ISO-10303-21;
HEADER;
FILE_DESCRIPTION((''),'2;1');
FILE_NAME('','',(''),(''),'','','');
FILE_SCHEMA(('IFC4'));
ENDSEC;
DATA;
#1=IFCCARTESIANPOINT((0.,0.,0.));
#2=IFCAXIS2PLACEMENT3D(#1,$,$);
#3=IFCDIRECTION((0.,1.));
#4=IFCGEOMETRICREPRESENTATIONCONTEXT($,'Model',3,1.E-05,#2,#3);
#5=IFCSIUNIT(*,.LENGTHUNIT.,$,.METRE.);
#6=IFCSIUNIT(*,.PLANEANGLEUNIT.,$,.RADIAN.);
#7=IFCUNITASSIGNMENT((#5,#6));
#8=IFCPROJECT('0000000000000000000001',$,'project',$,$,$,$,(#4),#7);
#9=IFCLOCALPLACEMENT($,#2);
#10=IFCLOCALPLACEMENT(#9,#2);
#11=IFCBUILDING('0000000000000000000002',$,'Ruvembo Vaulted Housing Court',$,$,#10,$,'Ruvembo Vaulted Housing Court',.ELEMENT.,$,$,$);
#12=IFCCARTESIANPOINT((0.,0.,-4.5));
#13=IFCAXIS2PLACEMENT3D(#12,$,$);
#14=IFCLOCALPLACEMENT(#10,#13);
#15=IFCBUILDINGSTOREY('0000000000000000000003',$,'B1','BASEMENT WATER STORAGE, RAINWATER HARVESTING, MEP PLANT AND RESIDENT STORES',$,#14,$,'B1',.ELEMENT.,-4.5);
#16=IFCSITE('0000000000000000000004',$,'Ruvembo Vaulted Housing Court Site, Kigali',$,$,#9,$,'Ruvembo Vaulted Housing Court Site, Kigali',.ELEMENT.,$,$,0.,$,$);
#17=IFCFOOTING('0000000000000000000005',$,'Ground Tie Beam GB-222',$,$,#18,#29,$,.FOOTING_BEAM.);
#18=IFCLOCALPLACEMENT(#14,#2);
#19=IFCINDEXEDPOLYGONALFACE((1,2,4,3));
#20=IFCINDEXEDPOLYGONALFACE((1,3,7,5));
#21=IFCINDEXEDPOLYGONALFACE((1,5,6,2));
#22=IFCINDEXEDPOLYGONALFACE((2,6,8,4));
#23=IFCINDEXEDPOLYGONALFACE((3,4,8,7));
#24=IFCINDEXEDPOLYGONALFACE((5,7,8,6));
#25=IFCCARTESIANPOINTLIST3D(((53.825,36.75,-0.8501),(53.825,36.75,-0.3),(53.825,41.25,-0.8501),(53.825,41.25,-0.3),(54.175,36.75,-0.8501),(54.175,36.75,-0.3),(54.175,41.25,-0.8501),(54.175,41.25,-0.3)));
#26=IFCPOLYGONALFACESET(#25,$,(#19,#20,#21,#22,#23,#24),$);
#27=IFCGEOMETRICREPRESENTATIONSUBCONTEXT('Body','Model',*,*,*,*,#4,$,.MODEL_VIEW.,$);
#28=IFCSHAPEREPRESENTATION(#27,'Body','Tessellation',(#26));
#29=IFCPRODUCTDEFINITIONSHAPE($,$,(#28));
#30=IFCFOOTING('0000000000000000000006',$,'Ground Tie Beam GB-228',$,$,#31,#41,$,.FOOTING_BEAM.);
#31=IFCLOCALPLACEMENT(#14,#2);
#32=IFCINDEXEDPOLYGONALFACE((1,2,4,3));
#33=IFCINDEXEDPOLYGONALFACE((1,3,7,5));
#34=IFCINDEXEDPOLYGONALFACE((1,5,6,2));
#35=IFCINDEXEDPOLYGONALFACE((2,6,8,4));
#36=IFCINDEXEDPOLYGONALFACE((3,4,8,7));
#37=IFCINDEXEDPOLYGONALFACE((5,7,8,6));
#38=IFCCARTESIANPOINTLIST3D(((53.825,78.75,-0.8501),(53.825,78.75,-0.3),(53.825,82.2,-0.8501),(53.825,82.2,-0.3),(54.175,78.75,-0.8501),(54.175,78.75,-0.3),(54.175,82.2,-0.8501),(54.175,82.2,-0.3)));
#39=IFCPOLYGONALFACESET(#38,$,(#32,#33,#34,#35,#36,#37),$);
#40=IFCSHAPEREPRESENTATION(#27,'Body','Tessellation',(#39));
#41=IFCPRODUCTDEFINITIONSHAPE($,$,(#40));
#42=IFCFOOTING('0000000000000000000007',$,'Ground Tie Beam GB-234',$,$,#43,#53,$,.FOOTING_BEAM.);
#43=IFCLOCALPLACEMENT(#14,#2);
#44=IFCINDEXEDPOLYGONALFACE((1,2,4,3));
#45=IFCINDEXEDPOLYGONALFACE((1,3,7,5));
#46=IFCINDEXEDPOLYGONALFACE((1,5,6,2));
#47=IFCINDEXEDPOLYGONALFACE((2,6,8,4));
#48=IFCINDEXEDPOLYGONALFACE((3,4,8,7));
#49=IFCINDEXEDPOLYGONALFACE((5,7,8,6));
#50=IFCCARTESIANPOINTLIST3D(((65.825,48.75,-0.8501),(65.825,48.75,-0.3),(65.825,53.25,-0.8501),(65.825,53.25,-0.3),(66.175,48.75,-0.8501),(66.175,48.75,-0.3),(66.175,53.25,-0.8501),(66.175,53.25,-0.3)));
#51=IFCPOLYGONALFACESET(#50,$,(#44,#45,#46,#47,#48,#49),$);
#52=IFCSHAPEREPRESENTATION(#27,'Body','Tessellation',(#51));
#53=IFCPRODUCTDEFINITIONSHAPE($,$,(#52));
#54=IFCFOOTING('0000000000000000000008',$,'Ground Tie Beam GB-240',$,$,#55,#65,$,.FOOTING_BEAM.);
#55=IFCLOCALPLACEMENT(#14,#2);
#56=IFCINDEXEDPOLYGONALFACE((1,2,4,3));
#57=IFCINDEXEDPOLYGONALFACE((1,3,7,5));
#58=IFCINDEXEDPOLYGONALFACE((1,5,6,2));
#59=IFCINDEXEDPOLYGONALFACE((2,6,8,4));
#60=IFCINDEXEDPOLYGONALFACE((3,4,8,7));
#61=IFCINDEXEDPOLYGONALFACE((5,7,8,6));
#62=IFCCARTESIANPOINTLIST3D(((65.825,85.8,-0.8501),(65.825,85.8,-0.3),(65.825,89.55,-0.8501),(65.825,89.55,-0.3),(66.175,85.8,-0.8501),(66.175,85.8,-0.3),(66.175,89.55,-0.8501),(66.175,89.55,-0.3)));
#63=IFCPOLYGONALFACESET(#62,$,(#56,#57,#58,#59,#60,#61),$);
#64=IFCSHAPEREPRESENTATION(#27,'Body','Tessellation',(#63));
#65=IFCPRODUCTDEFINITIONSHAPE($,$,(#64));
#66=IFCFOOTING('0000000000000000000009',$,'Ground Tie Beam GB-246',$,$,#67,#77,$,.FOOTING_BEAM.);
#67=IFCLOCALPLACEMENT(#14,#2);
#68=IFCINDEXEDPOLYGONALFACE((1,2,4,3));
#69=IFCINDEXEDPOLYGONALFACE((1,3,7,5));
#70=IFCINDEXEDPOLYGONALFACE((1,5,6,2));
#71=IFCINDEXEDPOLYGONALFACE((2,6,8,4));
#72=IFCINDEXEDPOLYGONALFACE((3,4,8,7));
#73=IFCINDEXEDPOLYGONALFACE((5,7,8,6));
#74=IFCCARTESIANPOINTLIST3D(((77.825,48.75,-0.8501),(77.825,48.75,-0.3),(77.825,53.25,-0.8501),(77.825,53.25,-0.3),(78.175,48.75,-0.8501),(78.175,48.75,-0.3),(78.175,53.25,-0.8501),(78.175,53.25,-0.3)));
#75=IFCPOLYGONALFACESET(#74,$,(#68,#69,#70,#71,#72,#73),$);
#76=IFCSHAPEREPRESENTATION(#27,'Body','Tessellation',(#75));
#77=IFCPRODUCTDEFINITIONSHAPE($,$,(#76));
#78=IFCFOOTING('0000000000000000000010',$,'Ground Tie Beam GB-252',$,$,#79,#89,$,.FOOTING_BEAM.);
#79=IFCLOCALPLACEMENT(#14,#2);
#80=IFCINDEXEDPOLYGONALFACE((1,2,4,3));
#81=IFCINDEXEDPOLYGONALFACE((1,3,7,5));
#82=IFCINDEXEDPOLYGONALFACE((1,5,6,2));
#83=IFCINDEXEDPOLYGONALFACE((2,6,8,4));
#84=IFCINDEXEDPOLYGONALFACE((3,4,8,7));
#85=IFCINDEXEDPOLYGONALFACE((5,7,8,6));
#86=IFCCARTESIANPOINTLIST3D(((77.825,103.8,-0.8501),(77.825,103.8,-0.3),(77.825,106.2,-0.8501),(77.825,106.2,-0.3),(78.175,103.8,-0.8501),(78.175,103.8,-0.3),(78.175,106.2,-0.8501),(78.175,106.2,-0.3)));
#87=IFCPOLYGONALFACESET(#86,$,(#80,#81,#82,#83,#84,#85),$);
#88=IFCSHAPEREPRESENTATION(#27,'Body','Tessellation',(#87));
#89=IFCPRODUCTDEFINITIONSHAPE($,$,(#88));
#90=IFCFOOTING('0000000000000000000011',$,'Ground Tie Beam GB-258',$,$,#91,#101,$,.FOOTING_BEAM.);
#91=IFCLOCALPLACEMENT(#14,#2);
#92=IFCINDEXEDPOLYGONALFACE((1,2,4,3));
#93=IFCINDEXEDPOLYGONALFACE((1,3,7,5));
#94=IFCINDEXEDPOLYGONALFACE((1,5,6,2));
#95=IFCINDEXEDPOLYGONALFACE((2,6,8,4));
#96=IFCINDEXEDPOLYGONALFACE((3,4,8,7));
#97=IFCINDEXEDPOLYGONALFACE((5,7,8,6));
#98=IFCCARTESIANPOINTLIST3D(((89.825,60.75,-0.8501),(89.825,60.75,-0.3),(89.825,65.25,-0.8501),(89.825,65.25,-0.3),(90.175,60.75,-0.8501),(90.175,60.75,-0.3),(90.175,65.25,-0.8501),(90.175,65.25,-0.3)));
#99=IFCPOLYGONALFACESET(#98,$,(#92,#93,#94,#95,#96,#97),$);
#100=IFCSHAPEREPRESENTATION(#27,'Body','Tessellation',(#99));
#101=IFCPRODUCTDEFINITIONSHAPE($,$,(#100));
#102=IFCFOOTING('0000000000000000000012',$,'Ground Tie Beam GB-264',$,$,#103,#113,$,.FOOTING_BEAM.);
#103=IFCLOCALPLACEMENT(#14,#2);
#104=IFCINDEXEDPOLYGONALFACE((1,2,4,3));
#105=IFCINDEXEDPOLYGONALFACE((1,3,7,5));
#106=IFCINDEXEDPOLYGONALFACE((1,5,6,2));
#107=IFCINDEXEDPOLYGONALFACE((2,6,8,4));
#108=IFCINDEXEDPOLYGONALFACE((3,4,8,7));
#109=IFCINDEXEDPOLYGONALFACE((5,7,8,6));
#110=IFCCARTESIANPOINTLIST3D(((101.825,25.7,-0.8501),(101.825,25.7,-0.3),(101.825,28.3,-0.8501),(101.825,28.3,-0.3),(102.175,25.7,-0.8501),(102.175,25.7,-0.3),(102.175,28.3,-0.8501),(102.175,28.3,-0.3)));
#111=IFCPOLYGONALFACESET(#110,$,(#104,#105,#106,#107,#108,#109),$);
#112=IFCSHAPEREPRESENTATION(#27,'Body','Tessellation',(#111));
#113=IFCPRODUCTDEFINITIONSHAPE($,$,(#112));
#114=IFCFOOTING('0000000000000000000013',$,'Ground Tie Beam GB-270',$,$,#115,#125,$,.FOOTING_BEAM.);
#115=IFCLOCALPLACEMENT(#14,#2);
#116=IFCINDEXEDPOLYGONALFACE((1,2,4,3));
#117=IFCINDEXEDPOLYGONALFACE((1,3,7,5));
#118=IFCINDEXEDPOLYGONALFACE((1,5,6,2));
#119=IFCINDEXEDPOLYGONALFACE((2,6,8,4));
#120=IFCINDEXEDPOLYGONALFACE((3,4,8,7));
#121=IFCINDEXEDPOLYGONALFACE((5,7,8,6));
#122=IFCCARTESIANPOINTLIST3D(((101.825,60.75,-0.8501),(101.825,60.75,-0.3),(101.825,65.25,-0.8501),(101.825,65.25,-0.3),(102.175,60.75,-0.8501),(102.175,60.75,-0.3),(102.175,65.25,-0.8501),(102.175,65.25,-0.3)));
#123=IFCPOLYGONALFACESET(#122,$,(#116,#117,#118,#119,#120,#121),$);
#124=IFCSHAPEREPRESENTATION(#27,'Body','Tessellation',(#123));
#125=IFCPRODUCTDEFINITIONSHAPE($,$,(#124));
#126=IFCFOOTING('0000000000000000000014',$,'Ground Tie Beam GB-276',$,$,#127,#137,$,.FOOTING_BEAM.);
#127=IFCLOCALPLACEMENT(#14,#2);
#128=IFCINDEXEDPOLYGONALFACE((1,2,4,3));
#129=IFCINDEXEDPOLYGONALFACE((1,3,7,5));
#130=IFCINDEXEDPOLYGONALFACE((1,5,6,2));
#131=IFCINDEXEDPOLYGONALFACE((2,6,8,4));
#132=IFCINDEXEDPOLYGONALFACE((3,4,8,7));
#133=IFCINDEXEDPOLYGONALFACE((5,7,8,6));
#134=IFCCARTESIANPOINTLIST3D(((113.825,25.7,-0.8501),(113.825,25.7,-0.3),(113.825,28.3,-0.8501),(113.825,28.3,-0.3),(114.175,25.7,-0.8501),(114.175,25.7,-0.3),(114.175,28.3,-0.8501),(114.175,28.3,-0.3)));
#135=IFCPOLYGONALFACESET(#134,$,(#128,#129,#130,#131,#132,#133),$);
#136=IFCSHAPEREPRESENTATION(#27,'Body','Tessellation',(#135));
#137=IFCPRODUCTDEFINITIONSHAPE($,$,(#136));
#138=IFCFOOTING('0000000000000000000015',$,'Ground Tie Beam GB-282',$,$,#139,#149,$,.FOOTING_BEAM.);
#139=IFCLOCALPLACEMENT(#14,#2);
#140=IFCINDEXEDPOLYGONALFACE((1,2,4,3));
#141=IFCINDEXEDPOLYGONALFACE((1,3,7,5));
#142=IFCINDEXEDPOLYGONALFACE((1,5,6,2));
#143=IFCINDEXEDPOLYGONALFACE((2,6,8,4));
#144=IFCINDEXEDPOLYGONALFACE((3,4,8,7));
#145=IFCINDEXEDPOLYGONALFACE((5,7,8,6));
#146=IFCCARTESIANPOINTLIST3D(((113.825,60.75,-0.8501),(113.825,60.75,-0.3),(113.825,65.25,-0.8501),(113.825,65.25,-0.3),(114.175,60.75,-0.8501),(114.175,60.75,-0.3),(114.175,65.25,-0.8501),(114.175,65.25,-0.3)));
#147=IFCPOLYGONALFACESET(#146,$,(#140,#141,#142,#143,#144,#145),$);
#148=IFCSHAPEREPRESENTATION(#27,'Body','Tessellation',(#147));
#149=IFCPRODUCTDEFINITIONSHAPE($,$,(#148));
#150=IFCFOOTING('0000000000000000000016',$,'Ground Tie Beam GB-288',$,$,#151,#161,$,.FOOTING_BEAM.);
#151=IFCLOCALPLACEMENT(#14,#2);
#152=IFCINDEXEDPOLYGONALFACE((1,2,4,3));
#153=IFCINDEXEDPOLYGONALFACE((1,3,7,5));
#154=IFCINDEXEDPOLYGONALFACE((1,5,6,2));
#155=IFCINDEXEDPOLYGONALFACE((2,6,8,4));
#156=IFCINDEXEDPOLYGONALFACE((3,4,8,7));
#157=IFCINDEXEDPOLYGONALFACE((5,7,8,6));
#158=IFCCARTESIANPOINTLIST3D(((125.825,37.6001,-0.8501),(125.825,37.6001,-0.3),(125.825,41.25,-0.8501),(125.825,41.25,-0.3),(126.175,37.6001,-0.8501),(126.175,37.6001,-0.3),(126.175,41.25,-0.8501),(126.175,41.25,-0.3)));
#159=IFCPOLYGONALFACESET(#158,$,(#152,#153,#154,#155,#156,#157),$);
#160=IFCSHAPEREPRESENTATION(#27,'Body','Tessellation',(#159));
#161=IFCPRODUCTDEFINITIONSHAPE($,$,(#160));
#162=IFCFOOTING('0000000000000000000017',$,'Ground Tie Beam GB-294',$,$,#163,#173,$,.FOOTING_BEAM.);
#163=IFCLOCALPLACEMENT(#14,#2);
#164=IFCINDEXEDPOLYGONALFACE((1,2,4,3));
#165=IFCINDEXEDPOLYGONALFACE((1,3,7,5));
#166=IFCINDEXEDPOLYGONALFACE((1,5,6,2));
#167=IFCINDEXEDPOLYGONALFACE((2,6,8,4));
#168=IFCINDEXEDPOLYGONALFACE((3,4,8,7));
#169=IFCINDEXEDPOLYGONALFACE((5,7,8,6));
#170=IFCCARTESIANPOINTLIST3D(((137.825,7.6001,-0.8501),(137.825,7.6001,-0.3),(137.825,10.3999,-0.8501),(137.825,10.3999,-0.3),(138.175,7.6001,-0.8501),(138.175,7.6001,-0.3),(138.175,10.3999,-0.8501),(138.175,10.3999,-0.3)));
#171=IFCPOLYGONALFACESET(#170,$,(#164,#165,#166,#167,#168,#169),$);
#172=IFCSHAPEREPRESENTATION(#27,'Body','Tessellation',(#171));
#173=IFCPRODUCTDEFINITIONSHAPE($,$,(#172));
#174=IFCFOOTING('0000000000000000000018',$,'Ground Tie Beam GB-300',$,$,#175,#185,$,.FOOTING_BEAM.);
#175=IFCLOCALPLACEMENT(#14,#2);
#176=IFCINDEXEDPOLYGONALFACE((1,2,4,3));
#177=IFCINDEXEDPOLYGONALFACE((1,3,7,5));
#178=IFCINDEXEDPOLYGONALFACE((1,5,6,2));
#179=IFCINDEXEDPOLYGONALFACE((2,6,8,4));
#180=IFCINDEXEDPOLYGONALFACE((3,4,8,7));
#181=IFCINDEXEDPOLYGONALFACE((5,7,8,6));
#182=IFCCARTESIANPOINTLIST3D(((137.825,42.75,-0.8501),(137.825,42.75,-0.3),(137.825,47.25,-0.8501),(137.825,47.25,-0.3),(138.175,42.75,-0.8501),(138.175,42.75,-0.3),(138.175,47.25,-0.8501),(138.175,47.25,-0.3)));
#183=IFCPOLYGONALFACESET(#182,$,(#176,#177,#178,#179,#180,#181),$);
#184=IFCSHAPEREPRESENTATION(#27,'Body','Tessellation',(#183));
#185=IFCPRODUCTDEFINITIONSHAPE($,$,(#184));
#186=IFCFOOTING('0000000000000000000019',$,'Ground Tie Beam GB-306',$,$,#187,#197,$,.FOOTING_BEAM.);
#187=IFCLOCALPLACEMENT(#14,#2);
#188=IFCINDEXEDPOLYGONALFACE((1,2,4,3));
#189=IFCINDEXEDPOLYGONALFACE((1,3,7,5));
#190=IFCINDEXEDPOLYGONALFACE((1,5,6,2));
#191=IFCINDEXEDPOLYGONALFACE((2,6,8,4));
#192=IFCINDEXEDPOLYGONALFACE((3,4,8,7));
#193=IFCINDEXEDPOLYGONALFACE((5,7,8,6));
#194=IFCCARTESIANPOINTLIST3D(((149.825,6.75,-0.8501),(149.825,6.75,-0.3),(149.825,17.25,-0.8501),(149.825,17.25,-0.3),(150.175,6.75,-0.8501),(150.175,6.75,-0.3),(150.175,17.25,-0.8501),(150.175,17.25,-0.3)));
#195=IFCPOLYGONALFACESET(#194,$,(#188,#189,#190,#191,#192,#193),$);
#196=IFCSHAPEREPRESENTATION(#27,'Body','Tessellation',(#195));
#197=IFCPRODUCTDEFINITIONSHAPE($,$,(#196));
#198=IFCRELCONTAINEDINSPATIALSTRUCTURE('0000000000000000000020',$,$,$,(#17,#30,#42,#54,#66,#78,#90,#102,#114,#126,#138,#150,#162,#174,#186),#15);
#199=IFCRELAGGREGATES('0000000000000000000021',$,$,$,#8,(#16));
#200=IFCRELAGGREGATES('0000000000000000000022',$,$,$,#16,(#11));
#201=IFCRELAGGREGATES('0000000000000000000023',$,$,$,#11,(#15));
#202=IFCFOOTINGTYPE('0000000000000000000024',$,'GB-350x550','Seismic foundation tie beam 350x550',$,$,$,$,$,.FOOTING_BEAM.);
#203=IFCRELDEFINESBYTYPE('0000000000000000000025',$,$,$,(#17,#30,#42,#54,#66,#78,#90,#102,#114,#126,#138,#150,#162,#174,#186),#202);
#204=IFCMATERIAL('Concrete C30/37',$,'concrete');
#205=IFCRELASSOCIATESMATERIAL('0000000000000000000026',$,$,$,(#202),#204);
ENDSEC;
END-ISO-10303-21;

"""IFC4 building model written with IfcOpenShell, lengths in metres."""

from ifc_helpers import new_model, si_unit, direction, frame, origin, place, context, subcontext, project, spatial, polyline, outline, extrude, material, type_object, element, save


model = new_model("IFC4")

# Units and contexts
model_context = context("Model", 3, precision=1e-05, world=origin(), true_north=direction((0.0, 1.0)))
body_context = subcontext(model_context, "Body", "Model", "MODEL_VIEW")
ifc_project = project(units=[si_unit("LENGTHUNIT", "METRE"), si_unit("PLANEANGLEUNIT", "RADIAN")], contexts=[model_context])

# Site, building, storey
site_placement = place(None, origin())
site = spatial("IfcSite", under=ifc_project, at=site_placement, Name="Ruvembo Vaulted Housing Court Site, Kigali", LongName="Ruvembo Vaulted Housing Court Site, Kigali", CompositionType="ELEMENT", RefElevation=0.0)
building_placement = place(site_placement, origin())
building = spatial("IfcBuilding", under=site, at=building_placement, Name="Ruvembo Vaulted Housing Court", LongName="Ruvembo Vaulted Housing Court", CompositionType="ELEMENT")
storey_placement = place(building_placement, frame((0.0, 0.0, -4.5)))
storey = spatial("IfcBuildingStorey", under=building, at=storey_placement, Name="B1", Description="BASEMENT WATER STORAGE, RAINWATER HARVESTING, MEP PLANT AND RESIDENT STORES", LongName="B1", CompositionType="ELEMENT", Elevation=-4.5)

# Footings
ifc_material = material(Name="Concrete C30/37", Category="concrete")
footing_type_1 = type_object("IfcFootingType", Name="GB-350x550", Description="Seismic foundation tie beam 350x550", PredefinedType="FOOTING_BEAM", material=ifc_material)
footing_1_placement = place(storey_placement, frame((0.0, 0.0, -0.8501)))
element("IfcFooting", 1, at=footing_1_placement, inside=storey, type_object=footing_type_1, Name="Ground Tie Beam GB-222", PredefinedType="FOOTING_BEAM", context=body_context, shape_type="SweptSolid", body=[
    extrude(outline(polyline([(53.825, 36.75), (54.175, 36.75), (54.175, 41.25), (53.825, 41.25), (53.825, 36.75)])), origin(), (0.0, 0.0, 1.0), 0.55),
])
footing_2_placement = place(storey_placement, frame((0.0, 0.0, -0.8501)))
element("IfcFooting", 2, at=footing_2_placement, inside=storey, type_object=footing_type_1, Name="Ground Tie Beam GB-228", PredefinedType="FOOTING_BEAM", context=body_context, shape_type="SweptSolid", body=[
    extrude(outline(polyline([(53.825, 78.75), (54.175, 78.75), (54.175, 82.2), (53.825, 82.2), (53.825, 78.75)])), origin(), (0.0, 0.0, 1.0), 0.55),
])
footing_3_placement = place(storey_placement, frame((0.0, 0.0, -0.8501)))
element("IfcFooting", 3, at=footing_3_placement, inside=storey, type_object=footing_type_1, Name="Ground Tie Beam GB-234", PredefinedType="FOOTING_BEAM", context=body_context, shape_type="SweptSolid", body=[
    extrude(outline(polyline([(65.825, 48.75), (66.175, 48.75), (66.175, 53.25), (65.825, 53.25), (65.825, 48.75)])), origin(), (0.0, 0.0, 1.0), 0.55),
])
footing_4_placement = place(storey_placement, frame((0.0, 0.0, -0.8501)))
element("IfcFooting", 4, at=footing_4_placement, inside=storey, type_object=footing_type_1, Name="Ground Tie Beam GB-240", PredefinedType="FOOTING_BEAM", context=body_context, shape_type="SweptSolid", body=[
    extrude(outline(polyline([(65.825, 85.8), (66.175, 85.8), (66.175, 89.55), (65.825, 89.55), (65.825, 85.8)])), origin(), (0.0, 0.0, 1.0), 0.55),
])
footing_5_placement = place(storey_placement, frame((0.0, 0.0, -0.8501)))
element("IfcFooting", 5, at=footing_5_placement, inside=storey, type_object=footing_type_1, Name="Ground Tie Beam GB-246", PredefinedType="FOOTING_BEAM", context=body_context, shape_type="SweptSolid", body=[
    extrude(outline(polyline([(77.825, 48.75), (78.175, 48.75), (78.175, 53.25), (77.825, 53.25), (77.825, 48.75)])), origin(), (0.0, 0.0, 1.0), 0.55),
])
footing_6_placement = place(storey_placement, frame((0.0, 0.0, -0.8501)))
element("IfcFooting", 6, at=footing_6_placement, inside=storey, type_object=footing_type_1, Name="Ground Tie Beam GB-252", PredefinedType="FOOTING_BEAM", context=body_context, shape_type="SweptSolid", body=[
    extrude(outline(polyline([(77.825, 103.8), (78.175, 103.8), (78.175, 106.2), (77.825, 106.2), (77.825, 103.8)])), origin(), (0.0, 0.0, 1.0), 0.55),
])
footing_7_placement = place(storey_placement, frame((0.0, 0.0, -0.8501)))
element("IfcFooting", 7, at=footing_7_placement, inside=storey, type_object=footing_type_1, Name="Ground Tie Beam GB-258", PredefinedType="FOOTING_BEAM", context=body_context, shape_type="SweptSolid", body=[
    extrude(outline(polyline([(89.825, 60.75), (90.175, 60.75), (90.175, 65.25), (89.825, 65.25), (89.825, 60.75)])), origin(), (0.0, 0.0, 1.0), 0.55),
])
footing_8_placement = place(storey_placement, frame((0.0, 0.0, -0.8501)))
element("IfcFooting", 8, at=footing_8_placement, inside=storey, type_object=footing_type_1, Name="Ground Tie Beam GB-264", PredefinedType="FOOTING_BEAM", context=body_context, shape_type="SweptSolid", body=[
    extrude(outline(polyline([(101.825, 25.7), (102.175, 25.7), (102.175, 28.3), (101.825, 28.3), (101.825, 25.7)])), origin(), (0.0, 0.0, 1.0), 0.55),
])
footing_9_placement = place(storey_placement, frame((0.0, 0.0, -0.8501)))
element("IfcFooting", 9, at=footing_9_placement, inside=storey, type_object=footing_type_1, Name="Ground Tie Beam GB-270", PredefinedType="FOOTING_BEAM", context=body_context, shape_type="SweptSolid", body=[
    extrude(outline(polyline([(101.825, 60.75), (102.175, 60.75), (102.175, 65.25), (101.825, 65.25), (101.825, 60.75)])), origin(), (0.0, 0.0, 1.0), 0.55),
])
footing_10_placement = place(storey_placement, frame((0.0, 0.0, -0.8501)))
element("IfcFooting", 10, at=footing_10_placement, inside=storey, type_object=footing_type_1, Name="Ground Tie Beam GB-276", PredefinedType="FOOTING_BEAM", context=body_context, shape_type="SweptSolid", body=[
    extrude(outline(polyline([(113.825, 25.7), (114.175, 25.7), (114.175, 28.3), (113.825, 28.3), (113.825, 25.7)])), origin(), (0.0, 0.0, 1.0), 0.55),
])
footing_11_placement = place(storey_placement, frame((0.0, 0.0, -0.8501)))
element("IfcFooting", 11, at=footing_11_placement, inside=storey, type_object=footing_type_1, Name="Ground Tie Beam GB-282", PredefinedType="FOOTING_BEAM", context=body_context, shape_type="SweptSolid", body=[
    extrude(outline(polyline([(113.825, 60.75), (114.175, 60.75), (114.175, 65.25), (113.825, 65.25), (113.825, 60.75)])), origin(), (0.0, 0.0, 1.0), 0.55),
])
footing_12_placement = place(storey_placement, frame((0.0, 0.0, -0.8501)))
element("IfcFooting", 12, at=footing_12_placement, inside=storey, type_object=footing_type_1, Name="Ground Tie Beam GB-288", PredefinedType="FOOTING_BEAM", context=body_context, shape_type="SweptSolid", body=[
    extrude(outline(polyline([(125.825, 37.6001), (126.175, 37.6001), (126.175, 41.25), (125.825, 41.25), (125.825, 37.6001)])), origin(), (0.0, 0.0, 1.0), 0.55),
])
footing_13_placement = place(storey_placement, frame((0.0, 0.0, -0.8501)))
element("IfcFooting", 13, at=footing_13_placement, inside=storey, type_object=footing_type_1, Name="Ground Tie Beam GB-294", PredefinedType="FOOTING_BEAM", context=body_context, shape_type="SweptSolid", body=[
    extrude(outline(polyline([(137.825, 7.6001), (138.175, 7.6001), (138.175, 10.3999), (137.825, 10.3999), (137.825, 7.6001)])), origin(), (0.0, 0.0, 1.0), 0.55),
])
footing_14_placement = place(storey_placement, frame((0.0, 0.0, -0.8501)))
element("IfcFooting", 14, at=footing_14_placement, inside=storey, type_object=footing_type_1, Name="Ground Tie Beam GB-300", PredefinedType="FOOTING_BEAM", context=body_context, shape_type="SweptSolid", body=[
    extrude(outline(polyline([(137.825, 42.75), (138.175, 42.75), (138.175, 47.25), (137.825, 47.25), (137.825, 42.75)])), origin(), (0.0, 0.0, 1.0), 0.55),
])
footing_15_placement = place(storey_placement, frame((0.0, 0.0, -0.8501)))
element("IfcFooting", 15, at=footing_15_placement, inside=storey, type_object=footing_type_1, Name="Ground Tie Beam GB-306", PredefinedType="FOOTING_BEAM", context=body_context, shape_type="SweptSolid", body=[
    extrude(outline(polyline([(149.825, 6.75), (150.175, 6.75), (150.175, 17.25), (149.825, 17.25), (149.825, 6.75)])), origin(), (0.0, 0.0, 1.0), 0.55),
])

save(model, "model.ifc")
